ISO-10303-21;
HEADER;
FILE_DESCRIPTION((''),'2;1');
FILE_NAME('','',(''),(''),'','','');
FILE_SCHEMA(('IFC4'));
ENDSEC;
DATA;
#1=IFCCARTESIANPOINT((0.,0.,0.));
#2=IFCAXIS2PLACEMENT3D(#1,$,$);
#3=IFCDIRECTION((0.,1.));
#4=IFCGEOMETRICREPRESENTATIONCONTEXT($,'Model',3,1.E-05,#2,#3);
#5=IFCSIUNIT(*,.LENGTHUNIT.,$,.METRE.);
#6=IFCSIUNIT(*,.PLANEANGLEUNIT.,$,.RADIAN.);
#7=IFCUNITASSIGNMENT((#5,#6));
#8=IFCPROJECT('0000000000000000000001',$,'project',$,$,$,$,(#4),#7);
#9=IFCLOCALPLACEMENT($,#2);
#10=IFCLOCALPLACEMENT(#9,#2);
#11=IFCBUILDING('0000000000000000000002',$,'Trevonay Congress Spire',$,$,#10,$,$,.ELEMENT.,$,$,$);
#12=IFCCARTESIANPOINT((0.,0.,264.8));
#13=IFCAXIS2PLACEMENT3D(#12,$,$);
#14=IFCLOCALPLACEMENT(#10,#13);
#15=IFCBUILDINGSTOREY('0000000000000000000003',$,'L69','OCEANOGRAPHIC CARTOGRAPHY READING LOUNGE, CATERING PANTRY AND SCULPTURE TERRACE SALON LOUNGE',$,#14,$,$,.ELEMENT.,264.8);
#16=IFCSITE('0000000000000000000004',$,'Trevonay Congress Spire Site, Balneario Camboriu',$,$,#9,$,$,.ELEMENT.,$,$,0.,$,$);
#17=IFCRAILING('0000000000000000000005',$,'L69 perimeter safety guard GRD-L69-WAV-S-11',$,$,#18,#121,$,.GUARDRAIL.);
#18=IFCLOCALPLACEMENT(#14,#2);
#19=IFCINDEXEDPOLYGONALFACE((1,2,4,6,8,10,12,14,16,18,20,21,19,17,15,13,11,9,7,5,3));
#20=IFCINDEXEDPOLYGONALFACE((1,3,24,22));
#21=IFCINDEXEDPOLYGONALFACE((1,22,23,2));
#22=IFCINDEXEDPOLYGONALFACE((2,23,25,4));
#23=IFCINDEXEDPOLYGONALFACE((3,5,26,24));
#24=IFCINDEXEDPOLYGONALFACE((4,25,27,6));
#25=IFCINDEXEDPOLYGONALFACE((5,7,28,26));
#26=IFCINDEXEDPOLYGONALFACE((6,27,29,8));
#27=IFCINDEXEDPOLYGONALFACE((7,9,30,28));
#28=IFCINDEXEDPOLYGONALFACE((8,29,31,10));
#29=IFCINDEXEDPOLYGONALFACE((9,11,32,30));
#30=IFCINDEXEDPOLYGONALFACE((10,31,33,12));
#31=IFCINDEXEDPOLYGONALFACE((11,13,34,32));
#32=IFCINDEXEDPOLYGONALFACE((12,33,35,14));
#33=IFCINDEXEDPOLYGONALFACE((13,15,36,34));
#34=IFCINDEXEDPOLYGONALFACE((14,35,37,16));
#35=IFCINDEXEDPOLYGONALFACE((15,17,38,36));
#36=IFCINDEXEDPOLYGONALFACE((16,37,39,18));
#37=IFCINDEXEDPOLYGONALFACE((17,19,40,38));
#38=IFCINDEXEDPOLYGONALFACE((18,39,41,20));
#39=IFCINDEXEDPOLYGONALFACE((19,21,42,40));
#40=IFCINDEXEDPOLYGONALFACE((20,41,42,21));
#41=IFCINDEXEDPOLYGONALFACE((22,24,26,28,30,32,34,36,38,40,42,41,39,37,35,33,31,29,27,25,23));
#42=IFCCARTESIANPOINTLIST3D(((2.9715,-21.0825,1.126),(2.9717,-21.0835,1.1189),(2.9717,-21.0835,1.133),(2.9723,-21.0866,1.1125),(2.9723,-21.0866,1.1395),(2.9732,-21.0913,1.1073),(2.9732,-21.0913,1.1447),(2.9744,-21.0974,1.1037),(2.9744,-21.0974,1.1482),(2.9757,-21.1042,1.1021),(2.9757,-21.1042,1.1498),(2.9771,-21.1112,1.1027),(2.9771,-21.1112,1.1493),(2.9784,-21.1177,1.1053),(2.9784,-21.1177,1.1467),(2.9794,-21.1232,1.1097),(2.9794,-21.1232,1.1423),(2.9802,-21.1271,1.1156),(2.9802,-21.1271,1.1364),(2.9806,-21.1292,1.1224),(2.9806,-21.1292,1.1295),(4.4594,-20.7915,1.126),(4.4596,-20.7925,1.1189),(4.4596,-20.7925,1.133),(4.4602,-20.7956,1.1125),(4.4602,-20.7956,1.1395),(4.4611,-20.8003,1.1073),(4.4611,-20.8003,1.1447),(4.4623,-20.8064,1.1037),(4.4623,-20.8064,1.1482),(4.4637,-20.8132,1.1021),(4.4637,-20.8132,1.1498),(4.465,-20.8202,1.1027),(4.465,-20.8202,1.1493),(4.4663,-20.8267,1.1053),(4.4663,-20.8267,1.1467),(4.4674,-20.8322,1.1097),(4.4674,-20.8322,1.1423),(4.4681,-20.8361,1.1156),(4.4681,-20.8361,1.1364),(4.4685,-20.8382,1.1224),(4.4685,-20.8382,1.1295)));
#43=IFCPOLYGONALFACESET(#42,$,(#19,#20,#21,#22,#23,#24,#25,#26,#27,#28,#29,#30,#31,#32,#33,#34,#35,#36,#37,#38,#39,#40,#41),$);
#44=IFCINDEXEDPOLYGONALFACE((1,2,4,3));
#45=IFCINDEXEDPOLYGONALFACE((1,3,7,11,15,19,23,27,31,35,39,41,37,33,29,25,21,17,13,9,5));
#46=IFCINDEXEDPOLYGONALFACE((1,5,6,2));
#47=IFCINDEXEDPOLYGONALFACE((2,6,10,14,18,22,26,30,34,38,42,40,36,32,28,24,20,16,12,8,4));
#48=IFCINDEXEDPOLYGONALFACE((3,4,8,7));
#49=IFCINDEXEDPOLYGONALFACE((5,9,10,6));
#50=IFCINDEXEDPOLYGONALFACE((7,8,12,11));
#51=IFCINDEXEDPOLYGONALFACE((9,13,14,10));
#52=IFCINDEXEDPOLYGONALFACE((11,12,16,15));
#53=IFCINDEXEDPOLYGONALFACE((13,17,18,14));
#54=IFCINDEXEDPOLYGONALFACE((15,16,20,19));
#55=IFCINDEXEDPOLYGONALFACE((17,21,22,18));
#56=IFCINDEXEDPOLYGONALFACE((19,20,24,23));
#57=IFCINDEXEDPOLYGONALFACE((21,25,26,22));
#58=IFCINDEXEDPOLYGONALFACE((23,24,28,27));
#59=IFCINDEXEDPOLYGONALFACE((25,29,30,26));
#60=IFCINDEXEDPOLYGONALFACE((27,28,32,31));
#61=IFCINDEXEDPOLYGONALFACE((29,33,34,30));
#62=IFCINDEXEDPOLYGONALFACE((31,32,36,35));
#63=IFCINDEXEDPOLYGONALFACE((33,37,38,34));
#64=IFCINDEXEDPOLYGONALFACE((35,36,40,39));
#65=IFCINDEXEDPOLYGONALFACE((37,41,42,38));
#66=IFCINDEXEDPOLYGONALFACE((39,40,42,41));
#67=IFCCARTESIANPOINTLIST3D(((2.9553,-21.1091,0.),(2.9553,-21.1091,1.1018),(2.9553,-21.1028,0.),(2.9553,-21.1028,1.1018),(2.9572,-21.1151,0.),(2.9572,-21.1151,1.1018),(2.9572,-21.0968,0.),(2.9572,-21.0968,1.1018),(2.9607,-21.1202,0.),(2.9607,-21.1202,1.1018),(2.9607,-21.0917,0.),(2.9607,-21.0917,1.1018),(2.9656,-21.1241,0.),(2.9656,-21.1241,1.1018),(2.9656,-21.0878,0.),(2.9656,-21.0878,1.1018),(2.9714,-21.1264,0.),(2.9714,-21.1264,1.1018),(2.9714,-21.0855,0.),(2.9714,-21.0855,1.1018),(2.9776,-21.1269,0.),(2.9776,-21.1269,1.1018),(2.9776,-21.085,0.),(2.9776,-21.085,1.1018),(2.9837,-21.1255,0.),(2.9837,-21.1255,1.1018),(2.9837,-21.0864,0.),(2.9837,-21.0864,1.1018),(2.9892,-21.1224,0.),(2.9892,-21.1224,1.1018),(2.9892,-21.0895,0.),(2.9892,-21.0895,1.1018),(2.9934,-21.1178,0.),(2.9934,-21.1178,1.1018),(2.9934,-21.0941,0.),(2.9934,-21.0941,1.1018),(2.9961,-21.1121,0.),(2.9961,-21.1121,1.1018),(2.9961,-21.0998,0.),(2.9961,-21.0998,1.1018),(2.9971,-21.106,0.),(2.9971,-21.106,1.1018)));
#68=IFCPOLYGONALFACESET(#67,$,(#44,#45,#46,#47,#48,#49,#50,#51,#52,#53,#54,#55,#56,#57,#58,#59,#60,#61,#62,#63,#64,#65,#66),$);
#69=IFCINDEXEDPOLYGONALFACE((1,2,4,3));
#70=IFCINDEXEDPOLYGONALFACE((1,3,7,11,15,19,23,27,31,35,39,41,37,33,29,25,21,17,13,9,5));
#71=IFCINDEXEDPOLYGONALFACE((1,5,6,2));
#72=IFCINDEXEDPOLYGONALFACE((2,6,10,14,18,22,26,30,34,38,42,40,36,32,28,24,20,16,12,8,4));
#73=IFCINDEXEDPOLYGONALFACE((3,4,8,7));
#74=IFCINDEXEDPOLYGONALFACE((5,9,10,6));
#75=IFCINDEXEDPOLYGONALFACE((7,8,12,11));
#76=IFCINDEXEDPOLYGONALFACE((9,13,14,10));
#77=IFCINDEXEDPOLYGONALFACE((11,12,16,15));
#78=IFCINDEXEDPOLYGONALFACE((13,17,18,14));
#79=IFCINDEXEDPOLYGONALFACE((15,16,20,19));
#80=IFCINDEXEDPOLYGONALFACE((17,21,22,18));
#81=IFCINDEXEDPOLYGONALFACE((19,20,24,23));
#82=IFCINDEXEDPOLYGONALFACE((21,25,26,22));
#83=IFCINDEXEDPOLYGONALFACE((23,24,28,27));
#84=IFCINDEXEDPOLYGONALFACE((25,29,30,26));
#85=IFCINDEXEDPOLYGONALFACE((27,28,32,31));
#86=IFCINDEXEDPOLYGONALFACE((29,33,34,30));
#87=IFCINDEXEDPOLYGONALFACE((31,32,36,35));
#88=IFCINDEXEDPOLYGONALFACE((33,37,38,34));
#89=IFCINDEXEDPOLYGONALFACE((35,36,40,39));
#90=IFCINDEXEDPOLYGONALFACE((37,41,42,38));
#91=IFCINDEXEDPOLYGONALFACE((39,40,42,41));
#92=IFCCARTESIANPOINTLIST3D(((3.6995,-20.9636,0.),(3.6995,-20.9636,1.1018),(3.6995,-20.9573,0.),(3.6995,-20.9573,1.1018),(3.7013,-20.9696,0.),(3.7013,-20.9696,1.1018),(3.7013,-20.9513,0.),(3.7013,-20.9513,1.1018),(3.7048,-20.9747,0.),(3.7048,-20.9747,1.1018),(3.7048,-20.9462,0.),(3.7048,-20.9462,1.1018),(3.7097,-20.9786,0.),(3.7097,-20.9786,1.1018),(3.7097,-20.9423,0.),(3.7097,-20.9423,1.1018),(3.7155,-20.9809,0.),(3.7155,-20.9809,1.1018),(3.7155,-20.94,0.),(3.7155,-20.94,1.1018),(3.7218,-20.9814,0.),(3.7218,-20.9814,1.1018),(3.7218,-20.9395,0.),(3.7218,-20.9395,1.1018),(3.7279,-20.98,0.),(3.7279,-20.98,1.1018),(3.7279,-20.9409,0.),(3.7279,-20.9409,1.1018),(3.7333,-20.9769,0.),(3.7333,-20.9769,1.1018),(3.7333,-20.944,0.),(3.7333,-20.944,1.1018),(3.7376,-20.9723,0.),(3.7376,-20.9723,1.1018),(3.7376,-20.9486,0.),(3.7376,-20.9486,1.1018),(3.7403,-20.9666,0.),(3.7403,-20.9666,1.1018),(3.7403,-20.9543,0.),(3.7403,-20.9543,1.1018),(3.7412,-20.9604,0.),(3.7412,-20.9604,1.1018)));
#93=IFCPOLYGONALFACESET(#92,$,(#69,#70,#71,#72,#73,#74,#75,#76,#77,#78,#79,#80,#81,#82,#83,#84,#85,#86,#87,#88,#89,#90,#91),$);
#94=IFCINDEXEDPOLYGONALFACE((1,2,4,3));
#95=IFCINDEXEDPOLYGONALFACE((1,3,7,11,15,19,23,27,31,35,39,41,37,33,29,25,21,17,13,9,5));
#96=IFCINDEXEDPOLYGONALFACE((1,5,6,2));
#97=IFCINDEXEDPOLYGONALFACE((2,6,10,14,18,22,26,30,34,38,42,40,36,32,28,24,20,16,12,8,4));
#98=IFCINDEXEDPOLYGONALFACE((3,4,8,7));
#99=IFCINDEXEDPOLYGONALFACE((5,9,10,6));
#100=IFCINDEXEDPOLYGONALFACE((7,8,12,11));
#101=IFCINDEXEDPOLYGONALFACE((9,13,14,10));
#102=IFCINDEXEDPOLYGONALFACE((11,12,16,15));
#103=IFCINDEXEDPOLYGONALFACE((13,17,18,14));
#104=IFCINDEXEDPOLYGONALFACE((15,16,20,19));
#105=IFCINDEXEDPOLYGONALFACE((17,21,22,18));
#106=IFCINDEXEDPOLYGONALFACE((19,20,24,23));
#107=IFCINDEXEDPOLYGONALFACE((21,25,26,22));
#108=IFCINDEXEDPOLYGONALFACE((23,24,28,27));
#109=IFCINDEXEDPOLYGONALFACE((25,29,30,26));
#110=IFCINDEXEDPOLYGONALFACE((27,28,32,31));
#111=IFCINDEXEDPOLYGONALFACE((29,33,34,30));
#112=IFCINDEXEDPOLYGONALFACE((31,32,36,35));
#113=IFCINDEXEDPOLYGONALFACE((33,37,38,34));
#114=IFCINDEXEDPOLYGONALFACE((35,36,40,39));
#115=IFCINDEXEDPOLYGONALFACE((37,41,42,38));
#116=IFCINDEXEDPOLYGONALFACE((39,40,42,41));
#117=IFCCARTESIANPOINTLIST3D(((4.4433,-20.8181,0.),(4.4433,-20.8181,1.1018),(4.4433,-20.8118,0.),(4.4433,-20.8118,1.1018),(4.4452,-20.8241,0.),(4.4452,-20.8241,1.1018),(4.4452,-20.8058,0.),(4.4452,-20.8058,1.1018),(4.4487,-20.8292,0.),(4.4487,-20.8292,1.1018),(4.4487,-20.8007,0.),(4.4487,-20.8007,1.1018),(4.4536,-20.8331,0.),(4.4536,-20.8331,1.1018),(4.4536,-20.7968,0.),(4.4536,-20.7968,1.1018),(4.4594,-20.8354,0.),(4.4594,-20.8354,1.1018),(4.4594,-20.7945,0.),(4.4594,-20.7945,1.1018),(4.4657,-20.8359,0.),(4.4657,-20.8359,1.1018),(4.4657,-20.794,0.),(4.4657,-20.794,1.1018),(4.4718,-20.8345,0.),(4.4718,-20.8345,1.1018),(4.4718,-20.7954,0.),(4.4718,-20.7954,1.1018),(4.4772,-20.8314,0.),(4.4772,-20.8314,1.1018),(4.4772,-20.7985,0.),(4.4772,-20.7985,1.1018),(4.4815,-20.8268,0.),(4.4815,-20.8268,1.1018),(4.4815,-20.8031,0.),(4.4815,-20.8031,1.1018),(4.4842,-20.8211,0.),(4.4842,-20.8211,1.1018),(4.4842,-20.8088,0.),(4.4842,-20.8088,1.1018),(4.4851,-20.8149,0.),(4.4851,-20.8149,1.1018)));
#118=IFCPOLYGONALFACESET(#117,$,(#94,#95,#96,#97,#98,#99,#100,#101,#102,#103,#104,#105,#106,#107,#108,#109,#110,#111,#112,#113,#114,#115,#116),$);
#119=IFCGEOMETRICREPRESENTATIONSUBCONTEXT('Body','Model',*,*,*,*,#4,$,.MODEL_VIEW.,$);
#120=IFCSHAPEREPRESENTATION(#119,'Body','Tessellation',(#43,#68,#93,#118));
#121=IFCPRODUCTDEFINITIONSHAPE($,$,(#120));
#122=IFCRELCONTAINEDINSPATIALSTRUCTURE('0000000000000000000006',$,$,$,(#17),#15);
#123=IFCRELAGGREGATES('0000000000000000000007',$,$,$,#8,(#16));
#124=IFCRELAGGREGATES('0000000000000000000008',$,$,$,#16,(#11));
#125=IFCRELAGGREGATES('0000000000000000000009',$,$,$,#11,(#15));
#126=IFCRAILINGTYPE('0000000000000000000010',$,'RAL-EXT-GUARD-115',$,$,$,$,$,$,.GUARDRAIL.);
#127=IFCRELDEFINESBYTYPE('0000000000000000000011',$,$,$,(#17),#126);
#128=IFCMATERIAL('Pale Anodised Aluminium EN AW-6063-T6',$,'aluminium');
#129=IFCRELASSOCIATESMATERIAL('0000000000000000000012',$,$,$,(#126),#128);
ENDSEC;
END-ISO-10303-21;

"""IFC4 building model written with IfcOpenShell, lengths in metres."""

from ifc_helpers import new_model, si_unit, direction, frame, origin, origin_2d, place, context, subcontext, project, spatial, circle, extrude, material, type_object, element, save


model = new_model("IFC4")

# Units and contexts
model_context = context("Model", 3, precision=1e-05, world=origin(), true_north=direction((0.0, 1.0)))
body_context = subcontext(model_context, "Body", "Model", "MODEL_VIEW")
ifc_project = project(units=[si_unit("LENGTHUNIT", "METRE"), si_unit("PLANEANGLEUNIT", "RADIAN")], contexts=[model_context])

# Site, building, storey
site_placement = place(None, origin())
site = spatial("IfcSite", under=ifc_project, at=site_placement, Name="Trevonay Congress Spire Site, Balneario Camboriu", CompositionType="ELEMENT", RefElevation=0.0)
building_placement = place(site_placement, origin())
building = spatial("IfcBuilding", under=site, at=building_placement, Name="Trevonay Congress Spire", CompositionType="ELEMENT")
storey_placement = place(building_placement, frame((0.0, 0.0, 264.8)))
storey = spatial("IfcBuildingStorey", under=building, at=storey_placement, Name="L69", Description="OCEANOGRAPHIC CARTOGRAPHY READING LOUNGE, CATERING PANTRY AND SCULPTURE TERRACE SALON LOUNGE", CompositionType="ELEMENT", Elevation=264.8)

# Shared definitions
ifc_material_1 = material(Name="Pale Anodised Aluminium EN AW-6063-T6", Category="aluminium")

# Railing
railing_type = type_object("IfcRailingType", Name="RAL-EXT-GUARD-115", PredefinedType="GUARDRAIL", material=ifc_material_1)
railing_1_placement = place(storey_placement, frame((2.9761, -21.106, 0.0)))
element("IfcRailing", 1, at=railing_1_placement, inside=storey, type_object=railing_type, Name="L69 perimeter safety guard GRD-L69-WAV-S-11", PredefinedType="GUARDRAIL", context=body_context, shape_type="SweptSolid", body=[
    extrude(circle(Radius=0.0239, at=origin_2d()), frame((0.0, 0.0, 1.126), z_axis=(0.981408, 0.191934, 0.0), x_axis=(-0.191934, 0.981408, 0.0)), (0.0, 0.0, 1.0), 1.5161),
    extrude(circle(Radius=0.021, at=origin_2d()), origin(), (0.0, 0.0, 1.0), 1.1018),
    extrude(circle(Radius=0.021, at=origin_2d()), frame((0.7441, 0.1455, 0.0)), (0.0, 0.0, 1.0), 1.1018),
    extrude(circle(Radius=0.021, at=origin_2d()), frame((1.488, 0.291, 0.0)), (0.0, 0.0, 1.0), 1.1018),
])

save(model, "model.ifc")
